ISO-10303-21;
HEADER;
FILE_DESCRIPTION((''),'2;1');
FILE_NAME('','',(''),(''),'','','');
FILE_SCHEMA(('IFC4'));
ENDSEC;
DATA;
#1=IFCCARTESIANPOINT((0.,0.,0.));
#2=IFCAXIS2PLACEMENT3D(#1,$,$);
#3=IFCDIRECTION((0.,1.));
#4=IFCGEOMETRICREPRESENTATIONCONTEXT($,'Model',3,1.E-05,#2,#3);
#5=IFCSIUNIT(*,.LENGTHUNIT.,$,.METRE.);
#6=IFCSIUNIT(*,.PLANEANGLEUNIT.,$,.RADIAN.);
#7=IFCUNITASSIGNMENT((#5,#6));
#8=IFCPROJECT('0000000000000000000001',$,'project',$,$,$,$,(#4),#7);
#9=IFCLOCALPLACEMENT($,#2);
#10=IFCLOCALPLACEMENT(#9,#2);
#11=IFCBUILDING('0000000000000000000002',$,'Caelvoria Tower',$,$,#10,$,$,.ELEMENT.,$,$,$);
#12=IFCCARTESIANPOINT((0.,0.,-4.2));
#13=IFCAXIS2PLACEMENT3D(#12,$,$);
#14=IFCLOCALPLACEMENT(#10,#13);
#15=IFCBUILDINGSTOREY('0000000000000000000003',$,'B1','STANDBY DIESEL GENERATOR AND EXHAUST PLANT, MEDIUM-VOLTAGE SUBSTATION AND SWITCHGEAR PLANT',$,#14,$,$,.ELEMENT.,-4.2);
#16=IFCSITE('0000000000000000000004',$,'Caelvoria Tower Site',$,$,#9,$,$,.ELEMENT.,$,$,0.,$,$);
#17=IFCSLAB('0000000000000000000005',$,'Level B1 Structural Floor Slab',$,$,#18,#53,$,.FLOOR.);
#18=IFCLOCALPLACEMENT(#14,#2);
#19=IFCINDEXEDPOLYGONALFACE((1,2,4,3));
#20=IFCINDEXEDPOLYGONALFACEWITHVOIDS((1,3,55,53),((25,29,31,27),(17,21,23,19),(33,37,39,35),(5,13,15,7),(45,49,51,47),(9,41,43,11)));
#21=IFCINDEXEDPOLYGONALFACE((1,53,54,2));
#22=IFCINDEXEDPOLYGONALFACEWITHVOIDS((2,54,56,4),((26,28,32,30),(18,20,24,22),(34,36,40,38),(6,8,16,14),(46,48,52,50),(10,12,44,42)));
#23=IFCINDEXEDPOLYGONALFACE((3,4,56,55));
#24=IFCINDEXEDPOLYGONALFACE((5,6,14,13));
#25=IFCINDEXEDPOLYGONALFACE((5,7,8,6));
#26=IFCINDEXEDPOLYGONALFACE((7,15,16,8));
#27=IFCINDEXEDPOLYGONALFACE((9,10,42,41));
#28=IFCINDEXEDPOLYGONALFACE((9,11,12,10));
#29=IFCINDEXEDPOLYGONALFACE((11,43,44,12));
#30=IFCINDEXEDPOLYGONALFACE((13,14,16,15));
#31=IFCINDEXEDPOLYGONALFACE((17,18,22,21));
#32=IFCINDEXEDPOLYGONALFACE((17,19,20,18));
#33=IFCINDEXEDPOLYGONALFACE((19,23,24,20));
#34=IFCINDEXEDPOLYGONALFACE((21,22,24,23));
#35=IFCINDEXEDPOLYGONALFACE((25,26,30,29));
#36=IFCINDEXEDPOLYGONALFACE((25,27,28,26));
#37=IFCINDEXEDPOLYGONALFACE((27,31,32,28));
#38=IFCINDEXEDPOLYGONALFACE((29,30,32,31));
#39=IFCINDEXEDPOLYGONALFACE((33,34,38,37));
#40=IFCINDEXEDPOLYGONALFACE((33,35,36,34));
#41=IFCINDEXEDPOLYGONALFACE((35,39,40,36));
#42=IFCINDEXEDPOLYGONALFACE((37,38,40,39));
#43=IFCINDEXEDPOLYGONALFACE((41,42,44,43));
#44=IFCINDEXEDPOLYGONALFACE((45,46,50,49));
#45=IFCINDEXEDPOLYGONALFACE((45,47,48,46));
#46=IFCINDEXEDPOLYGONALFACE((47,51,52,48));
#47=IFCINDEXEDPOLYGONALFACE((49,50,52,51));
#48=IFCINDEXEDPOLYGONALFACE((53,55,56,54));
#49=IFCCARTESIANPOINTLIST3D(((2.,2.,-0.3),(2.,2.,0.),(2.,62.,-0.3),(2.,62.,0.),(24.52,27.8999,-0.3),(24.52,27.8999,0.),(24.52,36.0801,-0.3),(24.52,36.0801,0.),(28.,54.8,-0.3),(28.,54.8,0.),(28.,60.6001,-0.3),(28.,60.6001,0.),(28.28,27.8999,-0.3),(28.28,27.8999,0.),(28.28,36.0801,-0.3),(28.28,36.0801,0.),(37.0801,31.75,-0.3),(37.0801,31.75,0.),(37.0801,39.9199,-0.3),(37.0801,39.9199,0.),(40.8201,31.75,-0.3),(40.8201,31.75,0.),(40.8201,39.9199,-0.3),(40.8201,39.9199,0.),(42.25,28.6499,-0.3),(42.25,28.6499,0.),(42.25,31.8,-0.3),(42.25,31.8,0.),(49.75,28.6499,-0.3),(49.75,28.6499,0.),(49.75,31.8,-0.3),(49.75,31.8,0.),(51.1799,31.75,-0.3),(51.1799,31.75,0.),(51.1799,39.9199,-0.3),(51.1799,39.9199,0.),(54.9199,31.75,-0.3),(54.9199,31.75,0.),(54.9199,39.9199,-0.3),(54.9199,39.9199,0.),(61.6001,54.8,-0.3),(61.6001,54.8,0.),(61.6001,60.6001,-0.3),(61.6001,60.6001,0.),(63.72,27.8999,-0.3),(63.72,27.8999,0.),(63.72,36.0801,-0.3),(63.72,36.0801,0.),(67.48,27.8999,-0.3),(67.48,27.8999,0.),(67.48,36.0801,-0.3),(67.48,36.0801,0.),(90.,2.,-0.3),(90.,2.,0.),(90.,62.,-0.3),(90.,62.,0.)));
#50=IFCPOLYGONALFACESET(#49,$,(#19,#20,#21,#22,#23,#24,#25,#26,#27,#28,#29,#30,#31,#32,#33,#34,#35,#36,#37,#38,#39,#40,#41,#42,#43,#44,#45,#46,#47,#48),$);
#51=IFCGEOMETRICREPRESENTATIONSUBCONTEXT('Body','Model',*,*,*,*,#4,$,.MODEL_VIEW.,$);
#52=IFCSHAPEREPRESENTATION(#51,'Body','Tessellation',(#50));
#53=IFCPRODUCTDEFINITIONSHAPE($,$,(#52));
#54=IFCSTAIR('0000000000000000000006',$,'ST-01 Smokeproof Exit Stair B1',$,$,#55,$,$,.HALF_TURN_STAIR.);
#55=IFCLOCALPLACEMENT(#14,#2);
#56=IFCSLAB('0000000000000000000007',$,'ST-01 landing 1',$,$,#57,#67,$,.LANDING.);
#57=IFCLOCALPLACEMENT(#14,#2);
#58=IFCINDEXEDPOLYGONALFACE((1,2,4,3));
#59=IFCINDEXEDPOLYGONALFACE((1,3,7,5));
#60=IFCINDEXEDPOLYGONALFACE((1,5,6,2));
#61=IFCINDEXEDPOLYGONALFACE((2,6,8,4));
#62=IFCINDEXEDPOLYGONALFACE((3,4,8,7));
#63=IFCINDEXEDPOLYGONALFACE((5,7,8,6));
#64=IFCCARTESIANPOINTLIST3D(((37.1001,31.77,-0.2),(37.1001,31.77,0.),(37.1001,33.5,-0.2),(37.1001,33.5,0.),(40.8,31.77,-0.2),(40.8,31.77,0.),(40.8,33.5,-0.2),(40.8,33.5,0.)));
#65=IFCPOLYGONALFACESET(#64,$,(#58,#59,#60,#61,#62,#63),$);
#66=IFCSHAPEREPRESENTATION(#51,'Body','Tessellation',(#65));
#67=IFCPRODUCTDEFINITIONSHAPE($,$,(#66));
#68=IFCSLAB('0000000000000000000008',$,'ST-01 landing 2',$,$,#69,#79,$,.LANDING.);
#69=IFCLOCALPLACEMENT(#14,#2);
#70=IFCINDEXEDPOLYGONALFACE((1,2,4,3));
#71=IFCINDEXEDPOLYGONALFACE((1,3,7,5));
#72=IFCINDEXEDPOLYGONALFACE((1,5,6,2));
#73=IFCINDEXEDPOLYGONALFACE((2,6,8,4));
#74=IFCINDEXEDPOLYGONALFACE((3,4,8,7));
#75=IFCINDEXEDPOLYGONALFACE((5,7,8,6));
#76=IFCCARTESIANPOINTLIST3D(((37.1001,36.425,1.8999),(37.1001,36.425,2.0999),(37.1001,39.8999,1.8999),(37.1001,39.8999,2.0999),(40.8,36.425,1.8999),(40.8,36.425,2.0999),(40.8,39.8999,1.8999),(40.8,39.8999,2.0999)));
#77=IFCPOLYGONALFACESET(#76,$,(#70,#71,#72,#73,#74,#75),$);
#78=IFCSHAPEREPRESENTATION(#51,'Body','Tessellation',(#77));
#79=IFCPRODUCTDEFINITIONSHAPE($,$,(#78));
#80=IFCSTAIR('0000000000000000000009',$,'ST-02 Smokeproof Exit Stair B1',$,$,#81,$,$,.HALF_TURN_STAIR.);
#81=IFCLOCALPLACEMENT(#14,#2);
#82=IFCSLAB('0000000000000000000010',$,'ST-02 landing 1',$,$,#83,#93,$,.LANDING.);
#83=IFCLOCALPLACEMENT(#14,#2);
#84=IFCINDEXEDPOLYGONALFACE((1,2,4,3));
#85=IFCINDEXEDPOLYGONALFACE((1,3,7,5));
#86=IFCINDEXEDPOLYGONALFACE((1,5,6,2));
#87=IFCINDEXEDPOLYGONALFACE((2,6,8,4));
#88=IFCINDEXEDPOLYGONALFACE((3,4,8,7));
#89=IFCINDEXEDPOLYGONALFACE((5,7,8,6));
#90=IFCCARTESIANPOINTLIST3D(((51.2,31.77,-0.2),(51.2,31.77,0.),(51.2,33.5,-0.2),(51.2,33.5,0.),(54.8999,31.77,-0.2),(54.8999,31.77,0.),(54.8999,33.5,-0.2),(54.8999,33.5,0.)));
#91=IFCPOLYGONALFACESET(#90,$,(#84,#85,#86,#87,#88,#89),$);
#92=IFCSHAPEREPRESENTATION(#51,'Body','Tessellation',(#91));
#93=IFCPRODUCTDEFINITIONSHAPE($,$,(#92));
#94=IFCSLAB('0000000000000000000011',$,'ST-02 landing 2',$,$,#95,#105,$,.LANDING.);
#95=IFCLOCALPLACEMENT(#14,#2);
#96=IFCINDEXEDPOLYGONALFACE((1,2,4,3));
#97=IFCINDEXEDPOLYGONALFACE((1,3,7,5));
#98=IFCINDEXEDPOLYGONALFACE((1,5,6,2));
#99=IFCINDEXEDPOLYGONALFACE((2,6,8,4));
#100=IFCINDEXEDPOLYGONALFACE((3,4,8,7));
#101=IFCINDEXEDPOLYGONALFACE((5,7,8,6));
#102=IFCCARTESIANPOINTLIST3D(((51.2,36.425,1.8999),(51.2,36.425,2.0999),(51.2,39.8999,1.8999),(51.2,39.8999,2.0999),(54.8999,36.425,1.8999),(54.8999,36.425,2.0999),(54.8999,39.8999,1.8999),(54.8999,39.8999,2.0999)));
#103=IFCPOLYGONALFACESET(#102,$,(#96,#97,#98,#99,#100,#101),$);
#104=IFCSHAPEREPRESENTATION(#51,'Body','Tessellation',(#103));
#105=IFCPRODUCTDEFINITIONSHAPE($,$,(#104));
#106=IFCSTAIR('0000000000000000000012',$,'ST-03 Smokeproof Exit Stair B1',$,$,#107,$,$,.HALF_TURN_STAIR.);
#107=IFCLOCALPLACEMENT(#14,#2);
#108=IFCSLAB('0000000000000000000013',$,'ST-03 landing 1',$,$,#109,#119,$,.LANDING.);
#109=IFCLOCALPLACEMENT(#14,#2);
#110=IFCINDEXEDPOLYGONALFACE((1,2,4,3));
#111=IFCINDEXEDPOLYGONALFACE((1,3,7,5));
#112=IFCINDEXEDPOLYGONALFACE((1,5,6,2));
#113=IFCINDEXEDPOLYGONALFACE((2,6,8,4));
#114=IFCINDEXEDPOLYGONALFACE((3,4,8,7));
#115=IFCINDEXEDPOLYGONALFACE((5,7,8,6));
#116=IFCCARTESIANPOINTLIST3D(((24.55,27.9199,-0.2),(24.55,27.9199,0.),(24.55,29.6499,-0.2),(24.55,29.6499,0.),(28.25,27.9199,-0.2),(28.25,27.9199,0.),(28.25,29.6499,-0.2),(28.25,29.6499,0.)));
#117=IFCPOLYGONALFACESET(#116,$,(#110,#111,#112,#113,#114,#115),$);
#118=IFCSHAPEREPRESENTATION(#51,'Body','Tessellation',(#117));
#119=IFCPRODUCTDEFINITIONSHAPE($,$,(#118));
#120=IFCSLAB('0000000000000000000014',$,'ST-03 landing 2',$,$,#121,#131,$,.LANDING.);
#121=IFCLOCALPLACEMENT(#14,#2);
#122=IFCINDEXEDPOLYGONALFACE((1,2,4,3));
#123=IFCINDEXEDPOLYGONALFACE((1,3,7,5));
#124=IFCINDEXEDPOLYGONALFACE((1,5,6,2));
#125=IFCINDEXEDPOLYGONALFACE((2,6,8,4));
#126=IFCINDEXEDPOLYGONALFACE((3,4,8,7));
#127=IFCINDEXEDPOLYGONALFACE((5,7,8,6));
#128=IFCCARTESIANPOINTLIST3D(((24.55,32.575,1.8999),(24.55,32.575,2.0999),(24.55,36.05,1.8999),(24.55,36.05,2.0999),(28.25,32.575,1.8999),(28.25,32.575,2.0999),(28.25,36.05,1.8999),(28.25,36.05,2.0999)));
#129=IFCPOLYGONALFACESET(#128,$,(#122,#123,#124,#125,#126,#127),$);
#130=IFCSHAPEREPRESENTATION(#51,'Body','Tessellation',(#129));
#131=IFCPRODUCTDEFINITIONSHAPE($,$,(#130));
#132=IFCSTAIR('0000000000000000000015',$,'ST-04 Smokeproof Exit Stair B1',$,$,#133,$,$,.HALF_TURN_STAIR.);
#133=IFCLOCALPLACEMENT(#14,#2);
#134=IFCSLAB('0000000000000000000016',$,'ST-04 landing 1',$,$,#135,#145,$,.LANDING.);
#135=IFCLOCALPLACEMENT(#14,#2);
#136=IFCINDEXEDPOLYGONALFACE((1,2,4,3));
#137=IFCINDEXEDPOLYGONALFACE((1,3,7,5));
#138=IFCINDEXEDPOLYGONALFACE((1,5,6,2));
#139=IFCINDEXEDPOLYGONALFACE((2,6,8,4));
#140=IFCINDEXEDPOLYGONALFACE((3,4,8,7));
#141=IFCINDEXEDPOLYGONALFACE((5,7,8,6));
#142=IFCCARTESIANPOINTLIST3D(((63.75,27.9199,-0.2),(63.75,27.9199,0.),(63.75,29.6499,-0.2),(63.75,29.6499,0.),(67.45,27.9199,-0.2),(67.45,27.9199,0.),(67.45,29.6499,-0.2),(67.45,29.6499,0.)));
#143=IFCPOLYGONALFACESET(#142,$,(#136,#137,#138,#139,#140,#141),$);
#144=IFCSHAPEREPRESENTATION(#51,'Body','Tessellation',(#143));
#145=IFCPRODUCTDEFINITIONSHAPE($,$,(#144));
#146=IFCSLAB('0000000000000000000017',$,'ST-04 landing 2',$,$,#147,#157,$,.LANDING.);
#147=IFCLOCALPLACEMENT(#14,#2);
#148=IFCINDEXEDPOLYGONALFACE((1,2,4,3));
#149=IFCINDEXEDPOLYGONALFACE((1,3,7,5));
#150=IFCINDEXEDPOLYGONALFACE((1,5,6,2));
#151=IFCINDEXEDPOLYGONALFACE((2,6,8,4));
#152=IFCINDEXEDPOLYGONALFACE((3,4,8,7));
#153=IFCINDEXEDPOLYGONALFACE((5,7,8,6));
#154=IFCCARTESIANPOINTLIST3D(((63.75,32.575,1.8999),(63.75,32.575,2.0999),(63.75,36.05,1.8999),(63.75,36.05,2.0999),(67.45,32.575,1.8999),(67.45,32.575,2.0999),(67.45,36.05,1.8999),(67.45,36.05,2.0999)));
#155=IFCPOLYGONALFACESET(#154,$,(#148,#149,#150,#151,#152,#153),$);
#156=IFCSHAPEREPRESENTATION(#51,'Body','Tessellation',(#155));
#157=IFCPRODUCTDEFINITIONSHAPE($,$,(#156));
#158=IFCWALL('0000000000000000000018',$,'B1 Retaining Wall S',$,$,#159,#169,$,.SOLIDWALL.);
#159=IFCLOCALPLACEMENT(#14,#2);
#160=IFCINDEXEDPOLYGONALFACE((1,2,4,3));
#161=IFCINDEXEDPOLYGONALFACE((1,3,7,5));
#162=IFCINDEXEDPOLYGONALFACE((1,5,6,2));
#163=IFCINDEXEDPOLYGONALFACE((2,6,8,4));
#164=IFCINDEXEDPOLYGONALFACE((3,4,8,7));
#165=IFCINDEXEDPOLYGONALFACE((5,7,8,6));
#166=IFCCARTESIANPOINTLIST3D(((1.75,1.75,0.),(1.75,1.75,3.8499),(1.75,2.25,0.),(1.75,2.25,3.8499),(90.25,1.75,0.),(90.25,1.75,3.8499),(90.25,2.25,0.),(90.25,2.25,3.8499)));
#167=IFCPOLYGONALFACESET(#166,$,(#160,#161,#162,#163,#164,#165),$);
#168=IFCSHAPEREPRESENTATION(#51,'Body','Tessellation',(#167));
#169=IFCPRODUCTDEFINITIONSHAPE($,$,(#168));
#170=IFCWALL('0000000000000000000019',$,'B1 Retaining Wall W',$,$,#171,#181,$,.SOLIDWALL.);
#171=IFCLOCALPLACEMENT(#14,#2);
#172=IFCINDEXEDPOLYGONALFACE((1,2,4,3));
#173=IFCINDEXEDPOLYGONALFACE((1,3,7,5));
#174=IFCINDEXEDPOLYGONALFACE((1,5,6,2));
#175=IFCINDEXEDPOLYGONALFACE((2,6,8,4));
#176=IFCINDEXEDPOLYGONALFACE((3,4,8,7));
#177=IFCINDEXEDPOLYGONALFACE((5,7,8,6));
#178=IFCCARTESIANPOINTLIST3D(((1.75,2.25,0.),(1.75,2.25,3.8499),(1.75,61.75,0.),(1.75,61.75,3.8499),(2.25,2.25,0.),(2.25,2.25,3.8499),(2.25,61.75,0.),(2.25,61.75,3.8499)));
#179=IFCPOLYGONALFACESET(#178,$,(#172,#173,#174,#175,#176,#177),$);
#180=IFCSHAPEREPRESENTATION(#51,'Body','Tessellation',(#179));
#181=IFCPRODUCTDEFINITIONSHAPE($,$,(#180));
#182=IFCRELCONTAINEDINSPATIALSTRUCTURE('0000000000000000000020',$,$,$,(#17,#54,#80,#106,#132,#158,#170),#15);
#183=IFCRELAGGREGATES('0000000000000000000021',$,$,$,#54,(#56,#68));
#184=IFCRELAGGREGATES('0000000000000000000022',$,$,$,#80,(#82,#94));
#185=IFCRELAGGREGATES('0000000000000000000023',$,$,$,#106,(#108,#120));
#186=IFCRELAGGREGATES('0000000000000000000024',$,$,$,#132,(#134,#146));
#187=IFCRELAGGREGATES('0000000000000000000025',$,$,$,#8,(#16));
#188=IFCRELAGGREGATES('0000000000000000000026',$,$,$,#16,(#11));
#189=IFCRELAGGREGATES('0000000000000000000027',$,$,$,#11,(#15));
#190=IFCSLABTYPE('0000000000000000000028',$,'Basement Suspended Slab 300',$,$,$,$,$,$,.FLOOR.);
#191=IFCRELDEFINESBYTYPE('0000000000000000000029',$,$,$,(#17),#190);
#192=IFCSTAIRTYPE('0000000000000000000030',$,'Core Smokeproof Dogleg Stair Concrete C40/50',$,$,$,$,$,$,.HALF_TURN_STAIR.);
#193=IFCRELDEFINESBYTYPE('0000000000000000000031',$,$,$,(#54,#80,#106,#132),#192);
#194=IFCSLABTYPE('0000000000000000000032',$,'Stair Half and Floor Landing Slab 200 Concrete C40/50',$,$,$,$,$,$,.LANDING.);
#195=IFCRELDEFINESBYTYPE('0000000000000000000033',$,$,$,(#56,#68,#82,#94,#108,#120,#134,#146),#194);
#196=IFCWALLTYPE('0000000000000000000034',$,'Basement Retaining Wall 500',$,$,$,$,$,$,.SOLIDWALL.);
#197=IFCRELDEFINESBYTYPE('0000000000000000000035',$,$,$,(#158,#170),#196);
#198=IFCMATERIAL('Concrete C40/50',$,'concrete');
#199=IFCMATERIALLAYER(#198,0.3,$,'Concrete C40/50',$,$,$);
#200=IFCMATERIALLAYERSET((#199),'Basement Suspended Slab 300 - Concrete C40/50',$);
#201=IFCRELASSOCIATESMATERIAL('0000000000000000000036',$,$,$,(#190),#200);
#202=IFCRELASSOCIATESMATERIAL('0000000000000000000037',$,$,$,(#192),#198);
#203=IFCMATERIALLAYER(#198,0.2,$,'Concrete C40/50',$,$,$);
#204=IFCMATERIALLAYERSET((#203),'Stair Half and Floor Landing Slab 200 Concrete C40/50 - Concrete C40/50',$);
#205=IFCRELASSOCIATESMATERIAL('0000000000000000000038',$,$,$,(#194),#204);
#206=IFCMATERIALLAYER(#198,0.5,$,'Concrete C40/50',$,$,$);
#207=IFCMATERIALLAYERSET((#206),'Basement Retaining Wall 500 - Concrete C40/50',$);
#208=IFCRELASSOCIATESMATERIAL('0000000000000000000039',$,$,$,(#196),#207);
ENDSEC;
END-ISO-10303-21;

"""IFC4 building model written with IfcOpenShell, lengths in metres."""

from ifc_helpers import new_model, si_unit, direction, frame, frame_2d, origin, place, context, subcontext, project, spatial, polyline, rectangle, outline, extrude, material, layer, layer_set, type_object, element, aggregate, save


model = new_model("IFC4")

# Units and contexts
model_context = context("Model", 3, precision=1e-05, world=origin(), true_north=direction((0.0, 1.0)))
body_context = subcontext(model_context, "Body", "Model", "MODEL_VIEW")
ifc_project = project(units=[si_unit("LENGTHUNIT", "METRE"), si_unit("PLANEANGLEUNIT", "RADIAN")], contexts=[model_context])

# Site, building, storey
site_placement = place(None, origin())
site = spatial("IfcSite", under=ifc_project, at=site_placement, Name="Caelvoria Tower Site", CompositionType="ELEMENT", RefElevation=0.0)
building_placement = place(site_placement, origin())
building = spatial("IfcBuilding", under=site, at=building_placement, Name="Caelvoria Tower", CompositionType="ELEMENT")
storey_placement = place(building_placement, frame((0.0, 0.0, -4.2)))
storey = spatial("IfcBuildingStorey", under=building, at=storey_placement, Name="B1", Description="STANDBY DIESEL GENERATOR AND EXHAUST PLANT, MEDIUM-VOLTAGE SUBSTATION AND SWITCHGEAR PLANT", CompositionType="ELEMENT", Elevation=-4.2)

# Slab
ifc_material_1 = material(Name="Concrete C40/50", Category="concrete")
ifc_layer_1 = layer(ifc_material_1, 0.3, Name="Concrete C40/50")
ifc_layer_set_1 = layer_set([ifc_layer_1], Name="Basement Suspended Slab 300 - Concrete C40/50")
slab_type_1 = type_object("IfcSlabType", Name="Basement Suspended Slab 300", PredefinedType="FLOOR", material=ifc_layer_set_1)
slab_1_placement = place(storey_placement, frame((0.0, 0.0, -0.3)))
element("IfcSlab", 1, at=slab_1_placement, inside=storey, type_object=slab_type_1, Name="Level B1 Structural Floor Slab", PredefinedType="FLOOR", context=body_context, shape_type="SweptSolid", body=[
    extrude(outline(polyline([(2.0, 2.0), (90.0, 2.0), (90.0, 62.0), (2.0, 62.0), (2.0, 2.0)]), holes=[polyline([(37.0801, 31.75), (40.8201, 31.75), (40.8201, 39.9199), (37.0801, 39.9199), (37.0801, 31.75)]), polyline([(51.1799, 31.75), (54.9199, 31.75), (54.9199, 39.9199), (51.1799, 39.9199), (51.1799, 31.75)]), polyline([(42.25, 28.6499), (49.75, 28.6499), (49.75, 31.8), (42.25, 31.8), (42.25, 28.6499)]), polyline([(28.0, 54.8), (61.6001, 54.8), (61.6001, 60.6001), (28.0, 60.6001), (28.0, 54.8)]), polyline([(24.52, 27.8999), (28.28, 27.8999), (28.28, 36.0801), (24.52, 36.0801), (24.52, 27.8999)]), polyline([(63.72, 27.8999), (67.48, 27.8999), (67.48, 36.0801), (63.72, 36.0801), (63.72, 27.8999)])]), origin(), (0.0, 0.0, 1.0), 0.3),
])

# Stairs, slabs
stair_type = type_object("IfcStairType", Name="Core Smokeproof Dogleg Stair Concrete C40/50", PredefinedType="HALF_TURN_STAIR", material=ifc_material_1)
stair_1_placement = place(storey_placement, origin())
stair_1 = element("IfcStair", 2, at=stair_1_placement, inside=storey, type_object=stair_type, Name="ST-01 Smokeproof Exit Stair B1", PredefinedType="HALF_TURN_STAIR")
ifc_layer_2 = layer(ifc_material_1, 0.2, Name="Concrete C40/50")
ifc_layer_set_2 = layer_set([ifc_layer_2], Name="Stair Half and Floor Landing Slab 200 Concrete C40/50 - Concrete C40/50")
slab_type_2 = type_object("IfcSlabType", Name="Stair Half and Floor Landing Slab 200 Concrete C40/50", PredefinedType="LANDING", material=ifc_layer_set_2)
slab_2_placement = place(storey_placement, frame((0.0, 0.0, -0.2)))
slab_2 = element("IfcSlab", 3, at=slab_2_placement, type_object=slab_type_2, Name="ST-01 landing 1", PredefinedType="LANDING", context=body_context, shape_type="SweptSolid", body=[
    extrude(outline(polyline([(37.1001, 31.77), (40.8, 31.77), (40.8, 33.5), (37.1001, 33.5), (37.1001, 31.77)])), origin(), (0.0, 0.0, 1.0), 0.2),
])
slab_3_placement = place(storey_placement, frame((0.0, 0.0, 1.8999)))
slab_3 = element("IfcSlab", 4, at=slab_3_placement, type_object=slab_type_2, Name="ST-01 landing 2", PredefinedType="LANDING", context=body_context, shape_type="SweptSolid", body=[
    extrude(outline(polyline([(37.1001, 36.425), (40.8, 36.425), (40.8, 39.8999), (37.1001, 39.8999), (37.1001, 36.425)])), origin(), (0.0, 0.0, 1.0), 0.2),
])
aggregate(stair_1, [slab_2, slab_3])
stair_2_placement = place(storey_placement, origin())
stair_2 = element("IfcStair", 5, at=stair_2_placement, inside=storey, type_object=stair_type, Name="ST-02 Smokeproof Exit Stair B1", PredefinedType="HALF_TURN_STAIR")
slab_4_placement = place(storey_placement, frame((0.0, 0.0, -0.2)))
slab_4 = element("IfcSlab", 6, at=slab_4_placement, type_object=slab_type_2, Name="ST-02 landing 1", PredefinedType="LANDING", context=body_context, shape_type="SweptSolid", body=[
    extrude(outline(polyline([(51.2, 31.77), (54.8999, 31.77), (54.8999, 33.5), (51.2, 33.5), (51.2, 31.77)])), origin(), (0.0, 0.0, 1.0), 0.2),
])
slab_5_placement = place(storey_placement, frame((0.0, 0.0, 1.8999)))
slab_5 = element("IfcSlab", 7, at=slab_5_placement, type_object=slab_type_2, Name="ST-02 landing 2", PredefinedType="LANDING", context=body_context, shape_type="SweptSolid", body=[
    extrude(outline(polyline([(51.2, 36.425), (54.8999, 36.425), (54.8999, 39.8999), (51.2, 39.8999), (51.2, 36.425)])), origin(), (0.0, 0.0, 1.0), 0.2),
])
aggregate(stair_2, [slab_4, slab_5])
stair_3_placement = place(storey_placement, origin())
stair_3 = element("IfcStair", 8, at=stair_3_placement, inside=storey, type_object=stair_type, Name="ST-03 Smokeproof Exit Stair B1", PredefinedType="HALF_TURN_STAIR")
slab_6_placement = place(storey_placement, frame((0.0, 0.0, -0.2)))
slab_6 = element("IfcSlab", 9, at=slab_6_placement, type_object=slab_type_2, Name="ST-03 landing 1", PredefinedType="LANDING", context=body_context, shape_type="SweptSolid", body=[
    extrude(outline(polyline([(24.55, 27.9199), (28.25, 27.9199), (28.25, 29.6499), (24.55, 29.6499), (24.55, 27.9199)])), origin(), (0.0, 0.0, 1.0), 0.2),
])
slab_7_placement = place(storey_placement, frame((0.0, 0.0, 1.8999)))
slab_7 = element("IfcSlab", 10, at=slab_7_placement, type_object=slab_type_2, Name="ST-03 landing 2", PredefinedType="LANDING", context=body_context, shape_type="SweptSolid", body=[
    extrude(outline(polyline([(24.55, 32.575), (28.25, 32.575), (28.25, 36.05), (24.55, 36.05), (24.55, 32.575)])), origin(), (0.0, 0.0, 1.0), 0.2),
])
aggregate(stair_3, [slab_6, slab_7])
stair_4_placement = place(storey_placement, origin())
stair_4 = element("IfcStair", 11, at=stair_4_placement, inside=storey, type_object=stair_type, Name="ST-04 Smokeproof Exit Stair B1", PredefinedType="HALF_TURN_STAIR")
slab_8_placement = place(storey_placement, frame((0.0, 0.0, -0.2)))
slab_8 = element("IfcSlab", 12, at=slab_8_placement, type_object=slab_type_2, Name="ST-04 landing 1", PredefinedType="LANDING", context=body_context, shape_type="SweptSolid", body=[
    extrude(outline(polyline([(63.75, 27.9199), (67.45, 27.9199), (67.45, 29.6499), (63.75, 29.6499), (63.75, 27.9199)])), origin(), (0.0, 0.0, 1.0), 0.2),
])
slab_9_placement = place(storey_placement, frame((0.0, 0.0, 1.8999)))
slab_9 = element("IfcSlab", 13, at=slab_9_placement, type_object=slab_type_2, Name="ST-04 landing 2", PredefinedType="LANDING", context=body_context, shape_type="SweptSolid", body=[
    extrude(outline(polyline([(63.75, 32.575), (67.45, 32.575), (67.45, 36.05), (63.75, 36.05), (63.75, 32.575)])), origin(), (0.0, 0.0, 1.0), 0.2),
])
aggregate(stair_4, [slab_8, slab_9])

# Walls
ifc_layer_3 = layer(ifc_material_1, 0.5, Name="Concrete C40/50")
ifc_layer_set_3 = layer_set([ifc_layer_3], Name="Basement Retaining Wall 500 - Concrete C40/50")
wall_type_1 = type_object("IfcWallType", Name="Basement Retaining Wall 500", PredefinedType="SOLIDWALL", material=ifc_layer_set_3)
wall_1_placement = place(storey_placement, frame((1.75, 2.0, 0.0), z_axis=(0.0, 0.0, 1.0), x_axis=(1.0, 0.0, 0.0)))
element("IfcWall", 14, at=wall_1_placement, inside=storey, type_object=wall_type_1, Name="B1 Retaining Wall S", PredefinedType="SOLIDWALL", context=body_context, shape_type="SweptSolid", body=[
    extrude(rectangle(XDim=88.5, YDim=0.5, at=frame_2d((44.25, 0.0))), origin(), (0.0, 0.0, 1.0), 3.8499),
])
wall_2_placement = place(storey_placement, frame((2.0, 2.25, 0.0), z_axis=(0.0, 0.0, 1.0), x_axis=(0.0, 1.0, 0.0)))
element("IfcWall", 15, at=wall_2_placement, inside=storey, type_object=wall_type_1, Name="B1 Retaining Wall W", PredefinedType="SOLIDWALL", context=body_context, shape_type="SweptSolid", body=[
    extrude(rectangle(XDim=59.5, YDim=0.5, at=frame_2d((29.75, 0.0))), origin(), (0.0, 0.0, 1.0), 3.8499),
])

save(model, "model.ifc")
